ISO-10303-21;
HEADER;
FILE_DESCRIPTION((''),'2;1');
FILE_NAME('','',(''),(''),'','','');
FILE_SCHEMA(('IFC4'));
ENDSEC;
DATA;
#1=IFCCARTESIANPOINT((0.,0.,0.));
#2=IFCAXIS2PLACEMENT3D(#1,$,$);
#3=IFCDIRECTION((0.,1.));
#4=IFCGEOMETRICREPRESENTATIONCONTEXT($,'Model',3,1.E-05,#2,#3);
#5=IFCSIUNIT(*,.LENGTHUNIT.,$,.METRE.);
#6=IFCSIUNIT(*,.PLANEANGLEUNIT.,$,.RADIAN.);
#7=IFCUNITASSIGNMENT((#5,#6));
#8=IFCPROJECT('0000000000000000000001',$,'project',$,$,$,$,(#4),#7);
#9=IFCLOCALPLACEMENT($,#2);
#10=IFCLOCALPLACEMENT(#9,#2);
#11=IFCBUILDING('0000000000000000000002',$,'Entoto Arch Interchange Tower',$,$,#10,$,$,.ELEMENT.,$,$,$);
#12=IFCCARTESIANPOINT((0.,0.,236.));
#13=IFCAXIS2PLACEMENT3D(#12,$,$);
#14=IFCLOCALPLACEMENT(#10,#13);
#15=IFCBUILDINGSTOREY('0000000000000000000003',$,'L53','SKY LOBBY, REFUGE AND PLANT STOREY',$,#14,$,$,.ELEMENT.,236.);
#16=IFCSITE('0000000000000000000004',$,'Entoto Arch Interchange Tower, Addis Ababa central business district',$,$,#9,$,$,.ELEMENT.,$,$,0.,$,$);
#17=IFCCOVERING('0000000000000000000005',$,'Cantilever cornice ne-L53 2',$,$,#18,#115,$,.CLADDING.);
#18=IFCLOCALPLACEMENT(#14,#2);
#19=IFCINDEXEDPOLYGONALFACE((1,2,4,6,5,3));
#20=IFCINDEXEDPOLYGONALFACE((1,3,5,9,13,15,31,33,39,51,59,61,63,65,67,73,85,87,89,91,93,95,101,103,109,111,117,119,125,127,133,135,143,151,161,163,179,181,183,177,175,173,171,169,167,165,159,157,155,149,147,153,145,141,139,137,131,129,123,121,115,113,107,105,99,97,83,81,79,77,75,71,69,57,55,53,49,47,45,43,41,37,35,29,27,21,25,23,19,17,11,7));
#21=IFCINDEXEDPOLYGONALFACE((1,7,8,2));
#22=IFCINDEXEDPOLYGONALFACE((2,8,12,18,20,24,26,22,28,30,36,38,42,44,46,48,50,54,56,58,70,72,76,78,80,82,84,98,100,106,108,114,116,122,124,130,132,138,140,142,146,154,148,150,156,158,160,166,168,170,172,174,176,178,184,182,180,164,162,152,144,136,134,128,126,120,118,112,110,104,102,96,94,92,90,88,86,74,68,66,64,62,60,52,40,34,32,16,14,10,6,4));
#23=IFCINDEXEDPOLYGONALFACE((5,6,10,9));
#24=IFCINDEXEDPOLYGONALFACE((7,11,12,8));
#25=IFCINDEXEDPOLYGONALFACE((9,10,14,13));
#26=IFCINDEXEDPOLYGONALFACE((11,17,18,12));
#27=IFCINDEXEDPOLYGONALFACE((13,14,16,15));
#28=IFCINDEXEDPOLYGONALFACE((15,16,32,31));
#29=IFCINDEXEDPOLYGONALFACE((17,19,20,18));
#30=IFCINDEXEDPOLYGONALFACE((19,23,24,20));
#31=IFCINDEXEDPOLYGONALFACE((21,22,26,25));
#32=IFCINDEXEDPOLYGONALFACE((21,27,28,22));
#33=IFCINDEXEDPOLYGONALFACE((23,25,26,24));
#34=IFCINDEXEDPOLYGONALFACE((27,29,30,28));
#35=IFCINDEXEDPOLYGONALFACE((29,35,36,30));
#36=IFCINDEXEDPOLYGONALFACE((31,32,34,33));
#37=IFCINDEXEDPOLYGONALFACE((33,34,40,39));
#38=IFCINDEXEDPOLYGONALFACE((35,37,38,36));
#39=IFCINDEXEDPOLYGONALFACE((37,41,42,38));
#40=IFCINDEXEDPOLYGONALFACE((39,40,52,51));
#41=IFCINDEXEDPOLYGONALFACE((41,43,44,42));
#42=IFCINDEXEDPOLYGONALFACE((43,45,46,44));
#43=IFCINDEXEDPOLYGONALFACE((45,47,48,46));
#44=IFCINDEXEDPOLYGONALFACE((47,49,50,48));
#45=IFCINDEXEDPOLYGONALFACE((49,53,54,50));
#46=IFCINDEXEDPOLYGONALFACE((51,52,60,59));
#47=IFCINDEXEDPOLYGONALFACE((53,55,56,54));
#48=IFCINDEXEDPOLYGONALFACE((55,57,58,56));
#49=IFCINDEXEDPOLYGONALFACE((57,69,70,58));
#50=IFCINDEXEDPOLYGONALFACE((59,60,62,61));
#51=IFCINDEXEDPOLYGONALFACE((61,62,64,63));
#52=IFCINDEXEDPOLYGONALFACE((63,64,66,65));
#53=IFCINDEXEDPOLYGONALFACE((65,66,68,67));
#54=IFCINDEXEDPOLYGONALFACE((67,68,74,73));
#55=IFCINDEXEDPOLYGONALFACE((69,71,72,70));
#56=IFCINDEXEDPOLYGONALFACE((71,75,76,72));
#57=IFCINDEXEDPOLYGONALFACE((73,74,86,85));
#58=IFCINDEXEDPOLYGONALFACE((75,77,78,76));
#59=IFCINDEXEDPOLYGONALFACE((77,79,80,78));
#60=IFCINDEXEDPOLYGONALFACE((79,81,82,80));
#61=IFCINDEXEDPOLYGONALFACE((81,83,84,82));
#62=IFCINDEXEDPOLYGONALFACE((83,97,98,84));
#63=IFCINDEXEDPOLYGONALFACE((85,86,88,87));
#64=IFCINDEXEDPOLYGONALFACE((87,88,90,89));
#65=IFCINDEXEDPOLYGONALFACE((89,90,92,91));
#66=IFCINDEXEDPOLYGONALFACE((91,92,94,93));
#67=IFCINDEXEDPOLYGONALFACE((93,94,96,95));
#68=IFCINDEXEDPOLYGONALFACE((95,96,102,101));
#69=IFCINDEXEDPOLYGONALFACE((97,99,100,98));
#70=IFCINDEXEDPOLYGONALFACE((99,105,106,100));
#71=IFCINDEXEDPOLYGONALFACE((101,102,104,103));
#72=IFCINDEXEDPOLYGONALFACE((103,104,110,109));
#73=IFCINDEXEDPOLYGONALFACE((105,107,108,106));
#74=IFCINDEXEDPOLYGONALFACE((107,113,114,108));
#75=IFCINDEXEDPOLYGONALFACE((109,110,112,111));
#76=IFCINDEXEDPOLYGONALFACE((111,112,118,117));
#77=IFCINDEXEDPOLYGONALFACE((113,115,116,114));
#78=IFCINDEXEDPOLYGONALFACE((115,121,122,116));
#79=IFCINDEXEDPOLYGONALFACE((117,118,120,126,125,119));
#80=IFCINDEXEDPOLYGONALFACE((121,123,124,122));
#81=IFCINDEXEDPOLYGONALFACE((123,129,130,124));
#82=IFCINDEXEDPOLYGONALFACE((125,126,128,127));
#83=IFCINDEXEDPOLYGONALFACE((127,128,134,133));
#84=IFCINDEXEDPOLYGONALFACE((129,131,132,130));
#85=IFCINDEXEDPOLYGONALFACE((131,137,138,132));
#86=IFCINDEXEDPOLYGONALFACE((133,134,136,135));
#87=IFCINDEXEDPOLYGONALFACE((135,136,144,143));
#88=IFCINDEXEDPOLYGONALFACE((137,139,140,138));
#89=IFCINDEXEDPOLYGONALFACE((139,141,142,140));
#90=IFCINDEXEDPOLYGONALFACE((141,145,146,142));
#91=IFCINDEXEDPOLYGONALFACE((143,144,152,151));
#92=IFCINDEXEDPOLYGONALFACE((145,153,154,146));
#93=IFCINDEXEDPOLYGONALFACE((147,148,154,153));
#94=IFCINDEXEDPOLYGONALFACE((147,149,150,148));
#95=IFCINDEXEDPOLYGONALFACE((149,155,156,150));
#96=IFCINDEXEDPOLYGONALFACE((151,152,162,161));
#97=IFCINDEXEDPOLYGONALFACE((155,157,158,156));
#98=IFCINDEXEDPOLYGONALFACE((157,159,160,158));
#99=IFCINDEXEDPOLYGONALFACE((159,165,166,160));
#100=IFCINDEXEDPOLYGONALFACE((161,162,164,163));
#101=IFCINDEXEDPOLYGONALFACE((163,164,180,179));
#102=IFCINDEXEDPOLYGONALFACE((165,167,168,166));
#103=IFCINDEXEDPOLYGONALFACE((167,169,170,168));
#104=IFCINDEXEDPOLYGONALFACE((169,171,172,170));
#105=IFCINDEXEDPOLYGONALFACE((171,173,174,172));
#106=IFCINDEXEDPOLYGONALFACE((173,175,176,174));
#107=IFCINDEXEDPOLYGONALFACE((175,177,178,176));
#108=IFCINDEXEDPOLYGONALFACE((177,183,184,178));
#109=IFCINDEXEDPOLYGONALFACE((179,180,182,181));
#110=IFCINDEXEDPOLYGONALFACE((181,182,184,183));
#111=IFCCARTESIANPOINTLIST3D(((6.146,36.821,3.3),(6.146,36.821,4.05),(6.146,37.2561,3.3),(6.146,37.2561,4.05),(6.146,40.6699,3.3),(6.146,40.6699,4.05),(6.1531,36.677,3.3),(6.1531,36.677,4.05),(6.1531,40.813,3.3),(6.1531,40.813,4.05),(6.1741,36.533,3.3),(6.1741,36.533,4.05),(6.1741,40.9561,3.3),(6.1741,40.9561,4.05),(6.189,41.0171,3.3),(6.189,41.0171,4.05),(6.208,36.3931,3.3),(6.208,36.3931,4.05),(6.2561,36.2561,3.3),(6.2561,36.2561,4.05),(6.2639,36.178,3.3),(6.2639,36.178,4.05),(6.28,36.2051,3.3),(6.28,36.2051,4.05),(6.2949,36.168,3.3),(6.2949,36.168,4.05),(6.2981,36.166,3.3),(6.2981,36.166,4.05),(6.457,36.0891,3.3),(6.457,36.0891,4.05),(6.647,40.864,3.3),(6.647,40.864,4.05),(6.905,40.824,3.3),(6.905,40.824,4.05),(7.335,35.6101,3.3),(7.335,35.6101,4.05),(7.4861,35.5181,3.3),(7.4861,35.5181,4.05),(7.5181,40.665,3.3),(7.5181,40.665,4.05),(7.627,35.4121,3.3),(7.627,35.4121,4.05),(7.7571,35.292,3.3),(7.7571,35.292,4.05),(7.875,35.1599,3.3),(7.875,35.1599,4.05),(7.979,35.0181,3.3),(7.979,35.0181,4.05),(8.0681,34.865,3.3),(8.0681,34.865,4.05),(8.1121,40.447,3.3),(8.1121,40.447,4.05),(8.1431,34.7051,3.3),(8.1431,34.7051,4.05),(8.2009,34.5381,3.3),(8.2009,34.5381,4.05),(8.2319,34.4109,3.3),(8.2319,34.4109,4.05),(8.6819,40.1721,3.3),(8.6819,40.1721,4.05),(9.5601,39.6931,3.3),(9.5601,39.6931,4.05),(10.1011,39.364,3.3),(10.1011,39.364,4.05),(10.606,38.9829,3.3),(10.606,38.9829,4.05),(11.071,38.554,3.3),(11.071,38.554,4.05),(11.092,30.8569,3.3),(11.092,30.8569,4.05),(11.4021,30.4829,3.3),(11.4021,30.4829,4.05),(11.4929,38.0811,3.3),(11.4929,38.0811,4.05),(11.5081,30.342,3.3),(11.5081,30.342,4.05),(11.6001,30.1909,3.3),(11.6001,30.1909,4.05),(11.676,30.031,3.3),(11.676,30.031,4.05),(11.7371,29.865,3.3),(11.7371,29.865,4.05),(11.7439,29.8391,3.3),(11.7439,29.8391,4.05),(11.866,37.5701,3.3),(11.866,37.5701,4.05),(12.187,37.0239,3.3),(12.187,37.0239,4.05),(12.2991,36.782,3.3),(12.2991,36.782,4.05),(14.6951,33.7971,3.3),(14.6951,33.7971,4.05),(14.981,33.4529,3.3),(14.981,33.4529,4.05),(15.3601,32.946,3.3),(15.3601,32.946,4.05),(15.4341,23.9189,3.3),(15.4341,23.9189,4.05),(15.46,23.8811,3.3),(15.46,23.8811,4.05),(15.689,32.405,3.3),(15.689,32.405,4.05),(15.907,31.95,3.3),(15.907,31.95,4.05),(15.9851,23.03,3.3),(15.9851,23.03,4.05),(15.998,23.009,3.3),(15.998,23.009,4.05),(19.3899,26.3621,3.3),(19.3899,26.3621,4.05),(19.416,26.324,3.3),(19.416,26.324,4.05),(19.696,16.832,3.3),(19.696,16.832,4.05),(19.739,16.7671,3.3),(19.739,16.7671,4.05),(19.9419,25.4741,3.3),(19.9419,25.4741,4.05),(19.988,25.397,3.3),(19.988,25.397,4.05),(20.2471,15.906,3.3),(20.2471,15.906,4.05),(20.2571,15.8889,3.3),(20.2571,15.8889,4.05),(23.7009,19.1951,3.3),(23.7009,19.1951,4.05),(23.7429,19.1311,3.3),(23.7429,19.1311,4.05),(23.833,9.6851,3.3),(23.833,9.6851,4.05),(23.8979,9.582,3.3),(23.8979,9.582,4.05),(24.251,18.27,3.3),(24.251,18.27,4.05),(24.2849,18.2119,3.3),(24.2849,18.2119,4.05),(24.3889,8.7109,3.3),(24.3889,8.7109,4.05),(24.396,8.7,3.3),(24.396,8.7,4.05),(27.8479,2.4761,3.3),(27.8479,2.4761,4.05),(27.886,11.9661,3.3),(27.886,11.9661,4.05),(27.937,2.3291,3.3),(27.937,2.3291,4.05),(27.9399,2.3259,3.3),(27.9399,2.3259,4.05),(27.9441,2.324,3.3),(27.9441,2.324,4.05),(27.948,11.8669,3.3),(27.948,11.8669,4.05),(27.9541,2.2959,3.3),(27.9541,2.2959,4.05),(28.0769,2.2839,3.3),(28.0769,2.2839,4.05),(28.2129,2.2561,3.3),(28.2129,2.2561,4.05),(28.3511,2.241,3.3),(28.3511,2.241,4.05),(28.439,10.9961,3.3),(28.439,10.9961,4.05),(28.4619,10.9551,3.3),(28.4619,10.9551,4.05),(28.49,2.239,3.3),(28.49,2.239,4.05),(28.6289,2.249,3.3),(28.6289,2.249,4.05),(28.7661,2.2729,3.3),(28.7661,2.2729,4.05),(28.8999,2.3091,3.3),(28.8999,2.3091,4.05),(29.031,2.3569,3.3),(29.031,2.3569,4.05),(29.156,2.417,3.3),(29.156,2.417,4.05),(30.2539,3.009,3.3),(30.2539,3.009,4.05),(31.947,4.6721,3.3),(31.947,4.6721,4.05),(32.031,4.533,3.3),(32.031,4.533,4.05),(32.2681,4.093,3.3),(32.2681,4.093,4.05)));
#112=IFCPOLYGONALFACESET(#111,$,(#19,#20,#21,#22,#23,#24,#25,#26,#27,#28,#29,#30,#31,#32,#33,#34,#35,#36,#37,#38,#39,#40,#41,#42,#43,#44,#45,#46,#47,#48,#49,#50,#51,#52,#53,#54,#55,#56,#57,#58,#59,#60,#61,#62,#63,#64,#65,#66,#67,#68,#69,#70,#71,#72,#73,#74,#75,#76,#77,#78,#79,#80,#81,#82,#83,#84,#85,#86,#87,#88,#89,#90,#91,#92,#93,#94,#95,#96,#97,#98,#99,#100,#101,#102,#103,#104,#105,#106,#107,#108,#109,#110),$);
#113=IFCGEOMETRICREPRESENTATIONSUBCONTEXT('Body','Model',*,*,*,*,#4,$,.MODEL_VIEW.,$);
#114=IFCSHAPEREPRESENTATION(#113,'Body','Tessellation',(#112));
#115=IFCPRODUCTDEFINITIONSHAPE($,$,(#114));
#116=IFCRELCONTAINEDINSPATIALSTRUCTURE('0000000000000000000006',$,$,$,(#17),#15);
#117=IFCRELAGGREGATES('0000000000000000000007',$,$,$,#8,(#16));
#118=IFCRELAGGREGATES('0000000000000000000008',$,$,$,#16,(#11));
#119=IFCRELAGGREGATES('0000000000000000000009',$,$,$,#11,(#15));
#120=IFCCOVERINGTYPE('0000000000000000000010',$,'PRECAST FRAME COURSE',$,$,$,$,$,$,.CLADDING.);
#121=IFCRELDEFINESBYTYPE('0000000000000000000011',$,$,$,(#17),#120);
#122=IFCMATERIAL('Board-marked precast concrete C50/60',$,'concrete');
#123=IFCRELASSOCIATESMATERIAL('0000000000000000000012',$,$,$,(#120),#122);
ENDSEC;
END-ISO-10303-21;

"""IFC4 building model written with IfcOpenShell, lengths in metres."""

from ifc_helpers import new_model, si_unit, direction, frame, origin, place, context, subcontext, project, spatial, polyline, outline, extrude, material, type_object, element, save


model = new_model("IFC4")

# Units and contexts
model_context = context("Model", 3, precision=1e-05, world=origin(), true_north=direction((0.0, 1.0)))
body_context = subcontext(model_context, "Body", "Model", "MODEL_VIEW")
ifc_project = project(units=[si_unit("LENGTHUNIT", "METRE"), si_unit("PLANEANGLEUNIT", "RADIAN")], contexts=[model_context])

# Site, building, storey
site_placement = place(None, origin())
site = spatial("IfcSite", under=ifc_project, at=site_placement, Name="Entoto Arch Interchange Tower, Addis Ababa central business district", CompositionType="ELEMENT", RefElevation=0.0)
building_placement = place(site_placement, origin())
building = spatial("IfcBuilding", under=site, at=building_placement, Name="Entoto Arch Interchange Tower", CompositionType="ELEMENT")
storey_placement = place(building_placement, frame((0.0, 0.0, 236.0)))
storey = spatial("IfcBuildingStorey", under=building, at=storey_placement, Name="L53", Description="SKY LOBBY, REFUGE AND PLANT STOREY", CompositionType="ELEMENT", Elevation=236.0)

# Covering
ifc_material_1 = material(Name="Board-marked precast concrete C50/60", Category="concrete")
covering_type = type_object("IfcCoveringType", Name="PRECAST FRAME COURSE", PredefinedType="CLADDING", material=ifc_material_1)
covering_1_placement = place(storey_placement, frame((0.0, 0.0, 3.3)))
element("IfcCovering", 1, at=covering_1_placement, inside=storey, type_object=covering_type, Name="Cantilever cornice ne-L53 2", PredefinedType="CLADDING", context=body_context, shape_type="SweptSolid", body=[
    extrude(outline(polyline([(6.2561, 36.2561), (6.208, 36.3931), (6.1741, 36.533), (6.1531, 36.677), (6.146, 36.821), (6.146, 37.2561), (6.146, 40.6699), (6.1531, 40.813), (6.1741, 40.9561), (6.189, 41.0171), (6.647, 40.864), (6.905, 40.824), (7.5181, 40.665), (8.1121, 40.447), (8.6819, 40.1721), (9.5601, 39.6931), (10.1011, 39.364), (10.606, 38.9829), (11.071, 38.554), (11.4929, 38.0811), (11.866, 37.5701), (12.187, 37.0239), (12.2991, 36.782), (14.6951, 33.7971), (14.981, 33.4529), (15.3601, 32.946), (15.689, 32.405), (15.907, 31.95), (19.3899, 26.3621), (19.416, 26.324), (19.9419, 25.4741), (19.988, 25.397), (23.7009, 19.1951), (23.7429, 19.1311), (24.251, 18.27), (24.2849, 18.2119), (27.886, 11.9661), (27.948, 11.8669), (28.439, 10.9961), (28.4619, 10.9551), (31.947, 4.6721), (32.031, 4.533), (32.2681, 4.093), (30.2539, 3.009), (29.156, 2.417), (29.031, 2.3569), (28.8999, 2.3091), (28.7661, 2.2729), (28.6289, 2.249), (28.49, 2.239), (28.3511, 2.241), (28.2129, 2.2561), (28.0769, 2.2839), (27.9441, 2.324), (27.9399, 2.3259), (27.9541, 2.2959), (27.937, 2.3291), (27.8479, 2.4761), (24.396, 8.7), (24.3889, 8.7109), (23.8979, 9.582), (23.833, 9.6851), (20.2571, 15.8889), (20.2471, 15.906), (19.739, 16.7671), (19.696, 16.832), (15.998, 23.009), (15.9851, 23.03), (15.46, 23.8811), (15.4341, 23.9189), (11.7439, 29.8391), (11.7371, 29.865), (11.676, 30.031), (11.6001, 30.1909), (11.5081, 30.342), (11.4021, 30.4829), (11.092, 30.8569), (8.2319, 34.4109), (8.2009, 34.5381), (8.1431, 34.7051), (8.0681, 34.865), (7.979, 35.0181), (7.875, 35.1599), (7.7571, 35.292), (7.627, 35.4121), (7.4861, 35.5181), (7.335, 35.6101), (6.457, 36.0891), (6.2981, 36.166), (6.2639, 36.178), (6.2949, 36.168), (6.28, 36.2051), (6.2561, 36.2561)])), origin(), (0.0, 0.0, 1.0), 0.75),
])

save(model, "model.ifc")
